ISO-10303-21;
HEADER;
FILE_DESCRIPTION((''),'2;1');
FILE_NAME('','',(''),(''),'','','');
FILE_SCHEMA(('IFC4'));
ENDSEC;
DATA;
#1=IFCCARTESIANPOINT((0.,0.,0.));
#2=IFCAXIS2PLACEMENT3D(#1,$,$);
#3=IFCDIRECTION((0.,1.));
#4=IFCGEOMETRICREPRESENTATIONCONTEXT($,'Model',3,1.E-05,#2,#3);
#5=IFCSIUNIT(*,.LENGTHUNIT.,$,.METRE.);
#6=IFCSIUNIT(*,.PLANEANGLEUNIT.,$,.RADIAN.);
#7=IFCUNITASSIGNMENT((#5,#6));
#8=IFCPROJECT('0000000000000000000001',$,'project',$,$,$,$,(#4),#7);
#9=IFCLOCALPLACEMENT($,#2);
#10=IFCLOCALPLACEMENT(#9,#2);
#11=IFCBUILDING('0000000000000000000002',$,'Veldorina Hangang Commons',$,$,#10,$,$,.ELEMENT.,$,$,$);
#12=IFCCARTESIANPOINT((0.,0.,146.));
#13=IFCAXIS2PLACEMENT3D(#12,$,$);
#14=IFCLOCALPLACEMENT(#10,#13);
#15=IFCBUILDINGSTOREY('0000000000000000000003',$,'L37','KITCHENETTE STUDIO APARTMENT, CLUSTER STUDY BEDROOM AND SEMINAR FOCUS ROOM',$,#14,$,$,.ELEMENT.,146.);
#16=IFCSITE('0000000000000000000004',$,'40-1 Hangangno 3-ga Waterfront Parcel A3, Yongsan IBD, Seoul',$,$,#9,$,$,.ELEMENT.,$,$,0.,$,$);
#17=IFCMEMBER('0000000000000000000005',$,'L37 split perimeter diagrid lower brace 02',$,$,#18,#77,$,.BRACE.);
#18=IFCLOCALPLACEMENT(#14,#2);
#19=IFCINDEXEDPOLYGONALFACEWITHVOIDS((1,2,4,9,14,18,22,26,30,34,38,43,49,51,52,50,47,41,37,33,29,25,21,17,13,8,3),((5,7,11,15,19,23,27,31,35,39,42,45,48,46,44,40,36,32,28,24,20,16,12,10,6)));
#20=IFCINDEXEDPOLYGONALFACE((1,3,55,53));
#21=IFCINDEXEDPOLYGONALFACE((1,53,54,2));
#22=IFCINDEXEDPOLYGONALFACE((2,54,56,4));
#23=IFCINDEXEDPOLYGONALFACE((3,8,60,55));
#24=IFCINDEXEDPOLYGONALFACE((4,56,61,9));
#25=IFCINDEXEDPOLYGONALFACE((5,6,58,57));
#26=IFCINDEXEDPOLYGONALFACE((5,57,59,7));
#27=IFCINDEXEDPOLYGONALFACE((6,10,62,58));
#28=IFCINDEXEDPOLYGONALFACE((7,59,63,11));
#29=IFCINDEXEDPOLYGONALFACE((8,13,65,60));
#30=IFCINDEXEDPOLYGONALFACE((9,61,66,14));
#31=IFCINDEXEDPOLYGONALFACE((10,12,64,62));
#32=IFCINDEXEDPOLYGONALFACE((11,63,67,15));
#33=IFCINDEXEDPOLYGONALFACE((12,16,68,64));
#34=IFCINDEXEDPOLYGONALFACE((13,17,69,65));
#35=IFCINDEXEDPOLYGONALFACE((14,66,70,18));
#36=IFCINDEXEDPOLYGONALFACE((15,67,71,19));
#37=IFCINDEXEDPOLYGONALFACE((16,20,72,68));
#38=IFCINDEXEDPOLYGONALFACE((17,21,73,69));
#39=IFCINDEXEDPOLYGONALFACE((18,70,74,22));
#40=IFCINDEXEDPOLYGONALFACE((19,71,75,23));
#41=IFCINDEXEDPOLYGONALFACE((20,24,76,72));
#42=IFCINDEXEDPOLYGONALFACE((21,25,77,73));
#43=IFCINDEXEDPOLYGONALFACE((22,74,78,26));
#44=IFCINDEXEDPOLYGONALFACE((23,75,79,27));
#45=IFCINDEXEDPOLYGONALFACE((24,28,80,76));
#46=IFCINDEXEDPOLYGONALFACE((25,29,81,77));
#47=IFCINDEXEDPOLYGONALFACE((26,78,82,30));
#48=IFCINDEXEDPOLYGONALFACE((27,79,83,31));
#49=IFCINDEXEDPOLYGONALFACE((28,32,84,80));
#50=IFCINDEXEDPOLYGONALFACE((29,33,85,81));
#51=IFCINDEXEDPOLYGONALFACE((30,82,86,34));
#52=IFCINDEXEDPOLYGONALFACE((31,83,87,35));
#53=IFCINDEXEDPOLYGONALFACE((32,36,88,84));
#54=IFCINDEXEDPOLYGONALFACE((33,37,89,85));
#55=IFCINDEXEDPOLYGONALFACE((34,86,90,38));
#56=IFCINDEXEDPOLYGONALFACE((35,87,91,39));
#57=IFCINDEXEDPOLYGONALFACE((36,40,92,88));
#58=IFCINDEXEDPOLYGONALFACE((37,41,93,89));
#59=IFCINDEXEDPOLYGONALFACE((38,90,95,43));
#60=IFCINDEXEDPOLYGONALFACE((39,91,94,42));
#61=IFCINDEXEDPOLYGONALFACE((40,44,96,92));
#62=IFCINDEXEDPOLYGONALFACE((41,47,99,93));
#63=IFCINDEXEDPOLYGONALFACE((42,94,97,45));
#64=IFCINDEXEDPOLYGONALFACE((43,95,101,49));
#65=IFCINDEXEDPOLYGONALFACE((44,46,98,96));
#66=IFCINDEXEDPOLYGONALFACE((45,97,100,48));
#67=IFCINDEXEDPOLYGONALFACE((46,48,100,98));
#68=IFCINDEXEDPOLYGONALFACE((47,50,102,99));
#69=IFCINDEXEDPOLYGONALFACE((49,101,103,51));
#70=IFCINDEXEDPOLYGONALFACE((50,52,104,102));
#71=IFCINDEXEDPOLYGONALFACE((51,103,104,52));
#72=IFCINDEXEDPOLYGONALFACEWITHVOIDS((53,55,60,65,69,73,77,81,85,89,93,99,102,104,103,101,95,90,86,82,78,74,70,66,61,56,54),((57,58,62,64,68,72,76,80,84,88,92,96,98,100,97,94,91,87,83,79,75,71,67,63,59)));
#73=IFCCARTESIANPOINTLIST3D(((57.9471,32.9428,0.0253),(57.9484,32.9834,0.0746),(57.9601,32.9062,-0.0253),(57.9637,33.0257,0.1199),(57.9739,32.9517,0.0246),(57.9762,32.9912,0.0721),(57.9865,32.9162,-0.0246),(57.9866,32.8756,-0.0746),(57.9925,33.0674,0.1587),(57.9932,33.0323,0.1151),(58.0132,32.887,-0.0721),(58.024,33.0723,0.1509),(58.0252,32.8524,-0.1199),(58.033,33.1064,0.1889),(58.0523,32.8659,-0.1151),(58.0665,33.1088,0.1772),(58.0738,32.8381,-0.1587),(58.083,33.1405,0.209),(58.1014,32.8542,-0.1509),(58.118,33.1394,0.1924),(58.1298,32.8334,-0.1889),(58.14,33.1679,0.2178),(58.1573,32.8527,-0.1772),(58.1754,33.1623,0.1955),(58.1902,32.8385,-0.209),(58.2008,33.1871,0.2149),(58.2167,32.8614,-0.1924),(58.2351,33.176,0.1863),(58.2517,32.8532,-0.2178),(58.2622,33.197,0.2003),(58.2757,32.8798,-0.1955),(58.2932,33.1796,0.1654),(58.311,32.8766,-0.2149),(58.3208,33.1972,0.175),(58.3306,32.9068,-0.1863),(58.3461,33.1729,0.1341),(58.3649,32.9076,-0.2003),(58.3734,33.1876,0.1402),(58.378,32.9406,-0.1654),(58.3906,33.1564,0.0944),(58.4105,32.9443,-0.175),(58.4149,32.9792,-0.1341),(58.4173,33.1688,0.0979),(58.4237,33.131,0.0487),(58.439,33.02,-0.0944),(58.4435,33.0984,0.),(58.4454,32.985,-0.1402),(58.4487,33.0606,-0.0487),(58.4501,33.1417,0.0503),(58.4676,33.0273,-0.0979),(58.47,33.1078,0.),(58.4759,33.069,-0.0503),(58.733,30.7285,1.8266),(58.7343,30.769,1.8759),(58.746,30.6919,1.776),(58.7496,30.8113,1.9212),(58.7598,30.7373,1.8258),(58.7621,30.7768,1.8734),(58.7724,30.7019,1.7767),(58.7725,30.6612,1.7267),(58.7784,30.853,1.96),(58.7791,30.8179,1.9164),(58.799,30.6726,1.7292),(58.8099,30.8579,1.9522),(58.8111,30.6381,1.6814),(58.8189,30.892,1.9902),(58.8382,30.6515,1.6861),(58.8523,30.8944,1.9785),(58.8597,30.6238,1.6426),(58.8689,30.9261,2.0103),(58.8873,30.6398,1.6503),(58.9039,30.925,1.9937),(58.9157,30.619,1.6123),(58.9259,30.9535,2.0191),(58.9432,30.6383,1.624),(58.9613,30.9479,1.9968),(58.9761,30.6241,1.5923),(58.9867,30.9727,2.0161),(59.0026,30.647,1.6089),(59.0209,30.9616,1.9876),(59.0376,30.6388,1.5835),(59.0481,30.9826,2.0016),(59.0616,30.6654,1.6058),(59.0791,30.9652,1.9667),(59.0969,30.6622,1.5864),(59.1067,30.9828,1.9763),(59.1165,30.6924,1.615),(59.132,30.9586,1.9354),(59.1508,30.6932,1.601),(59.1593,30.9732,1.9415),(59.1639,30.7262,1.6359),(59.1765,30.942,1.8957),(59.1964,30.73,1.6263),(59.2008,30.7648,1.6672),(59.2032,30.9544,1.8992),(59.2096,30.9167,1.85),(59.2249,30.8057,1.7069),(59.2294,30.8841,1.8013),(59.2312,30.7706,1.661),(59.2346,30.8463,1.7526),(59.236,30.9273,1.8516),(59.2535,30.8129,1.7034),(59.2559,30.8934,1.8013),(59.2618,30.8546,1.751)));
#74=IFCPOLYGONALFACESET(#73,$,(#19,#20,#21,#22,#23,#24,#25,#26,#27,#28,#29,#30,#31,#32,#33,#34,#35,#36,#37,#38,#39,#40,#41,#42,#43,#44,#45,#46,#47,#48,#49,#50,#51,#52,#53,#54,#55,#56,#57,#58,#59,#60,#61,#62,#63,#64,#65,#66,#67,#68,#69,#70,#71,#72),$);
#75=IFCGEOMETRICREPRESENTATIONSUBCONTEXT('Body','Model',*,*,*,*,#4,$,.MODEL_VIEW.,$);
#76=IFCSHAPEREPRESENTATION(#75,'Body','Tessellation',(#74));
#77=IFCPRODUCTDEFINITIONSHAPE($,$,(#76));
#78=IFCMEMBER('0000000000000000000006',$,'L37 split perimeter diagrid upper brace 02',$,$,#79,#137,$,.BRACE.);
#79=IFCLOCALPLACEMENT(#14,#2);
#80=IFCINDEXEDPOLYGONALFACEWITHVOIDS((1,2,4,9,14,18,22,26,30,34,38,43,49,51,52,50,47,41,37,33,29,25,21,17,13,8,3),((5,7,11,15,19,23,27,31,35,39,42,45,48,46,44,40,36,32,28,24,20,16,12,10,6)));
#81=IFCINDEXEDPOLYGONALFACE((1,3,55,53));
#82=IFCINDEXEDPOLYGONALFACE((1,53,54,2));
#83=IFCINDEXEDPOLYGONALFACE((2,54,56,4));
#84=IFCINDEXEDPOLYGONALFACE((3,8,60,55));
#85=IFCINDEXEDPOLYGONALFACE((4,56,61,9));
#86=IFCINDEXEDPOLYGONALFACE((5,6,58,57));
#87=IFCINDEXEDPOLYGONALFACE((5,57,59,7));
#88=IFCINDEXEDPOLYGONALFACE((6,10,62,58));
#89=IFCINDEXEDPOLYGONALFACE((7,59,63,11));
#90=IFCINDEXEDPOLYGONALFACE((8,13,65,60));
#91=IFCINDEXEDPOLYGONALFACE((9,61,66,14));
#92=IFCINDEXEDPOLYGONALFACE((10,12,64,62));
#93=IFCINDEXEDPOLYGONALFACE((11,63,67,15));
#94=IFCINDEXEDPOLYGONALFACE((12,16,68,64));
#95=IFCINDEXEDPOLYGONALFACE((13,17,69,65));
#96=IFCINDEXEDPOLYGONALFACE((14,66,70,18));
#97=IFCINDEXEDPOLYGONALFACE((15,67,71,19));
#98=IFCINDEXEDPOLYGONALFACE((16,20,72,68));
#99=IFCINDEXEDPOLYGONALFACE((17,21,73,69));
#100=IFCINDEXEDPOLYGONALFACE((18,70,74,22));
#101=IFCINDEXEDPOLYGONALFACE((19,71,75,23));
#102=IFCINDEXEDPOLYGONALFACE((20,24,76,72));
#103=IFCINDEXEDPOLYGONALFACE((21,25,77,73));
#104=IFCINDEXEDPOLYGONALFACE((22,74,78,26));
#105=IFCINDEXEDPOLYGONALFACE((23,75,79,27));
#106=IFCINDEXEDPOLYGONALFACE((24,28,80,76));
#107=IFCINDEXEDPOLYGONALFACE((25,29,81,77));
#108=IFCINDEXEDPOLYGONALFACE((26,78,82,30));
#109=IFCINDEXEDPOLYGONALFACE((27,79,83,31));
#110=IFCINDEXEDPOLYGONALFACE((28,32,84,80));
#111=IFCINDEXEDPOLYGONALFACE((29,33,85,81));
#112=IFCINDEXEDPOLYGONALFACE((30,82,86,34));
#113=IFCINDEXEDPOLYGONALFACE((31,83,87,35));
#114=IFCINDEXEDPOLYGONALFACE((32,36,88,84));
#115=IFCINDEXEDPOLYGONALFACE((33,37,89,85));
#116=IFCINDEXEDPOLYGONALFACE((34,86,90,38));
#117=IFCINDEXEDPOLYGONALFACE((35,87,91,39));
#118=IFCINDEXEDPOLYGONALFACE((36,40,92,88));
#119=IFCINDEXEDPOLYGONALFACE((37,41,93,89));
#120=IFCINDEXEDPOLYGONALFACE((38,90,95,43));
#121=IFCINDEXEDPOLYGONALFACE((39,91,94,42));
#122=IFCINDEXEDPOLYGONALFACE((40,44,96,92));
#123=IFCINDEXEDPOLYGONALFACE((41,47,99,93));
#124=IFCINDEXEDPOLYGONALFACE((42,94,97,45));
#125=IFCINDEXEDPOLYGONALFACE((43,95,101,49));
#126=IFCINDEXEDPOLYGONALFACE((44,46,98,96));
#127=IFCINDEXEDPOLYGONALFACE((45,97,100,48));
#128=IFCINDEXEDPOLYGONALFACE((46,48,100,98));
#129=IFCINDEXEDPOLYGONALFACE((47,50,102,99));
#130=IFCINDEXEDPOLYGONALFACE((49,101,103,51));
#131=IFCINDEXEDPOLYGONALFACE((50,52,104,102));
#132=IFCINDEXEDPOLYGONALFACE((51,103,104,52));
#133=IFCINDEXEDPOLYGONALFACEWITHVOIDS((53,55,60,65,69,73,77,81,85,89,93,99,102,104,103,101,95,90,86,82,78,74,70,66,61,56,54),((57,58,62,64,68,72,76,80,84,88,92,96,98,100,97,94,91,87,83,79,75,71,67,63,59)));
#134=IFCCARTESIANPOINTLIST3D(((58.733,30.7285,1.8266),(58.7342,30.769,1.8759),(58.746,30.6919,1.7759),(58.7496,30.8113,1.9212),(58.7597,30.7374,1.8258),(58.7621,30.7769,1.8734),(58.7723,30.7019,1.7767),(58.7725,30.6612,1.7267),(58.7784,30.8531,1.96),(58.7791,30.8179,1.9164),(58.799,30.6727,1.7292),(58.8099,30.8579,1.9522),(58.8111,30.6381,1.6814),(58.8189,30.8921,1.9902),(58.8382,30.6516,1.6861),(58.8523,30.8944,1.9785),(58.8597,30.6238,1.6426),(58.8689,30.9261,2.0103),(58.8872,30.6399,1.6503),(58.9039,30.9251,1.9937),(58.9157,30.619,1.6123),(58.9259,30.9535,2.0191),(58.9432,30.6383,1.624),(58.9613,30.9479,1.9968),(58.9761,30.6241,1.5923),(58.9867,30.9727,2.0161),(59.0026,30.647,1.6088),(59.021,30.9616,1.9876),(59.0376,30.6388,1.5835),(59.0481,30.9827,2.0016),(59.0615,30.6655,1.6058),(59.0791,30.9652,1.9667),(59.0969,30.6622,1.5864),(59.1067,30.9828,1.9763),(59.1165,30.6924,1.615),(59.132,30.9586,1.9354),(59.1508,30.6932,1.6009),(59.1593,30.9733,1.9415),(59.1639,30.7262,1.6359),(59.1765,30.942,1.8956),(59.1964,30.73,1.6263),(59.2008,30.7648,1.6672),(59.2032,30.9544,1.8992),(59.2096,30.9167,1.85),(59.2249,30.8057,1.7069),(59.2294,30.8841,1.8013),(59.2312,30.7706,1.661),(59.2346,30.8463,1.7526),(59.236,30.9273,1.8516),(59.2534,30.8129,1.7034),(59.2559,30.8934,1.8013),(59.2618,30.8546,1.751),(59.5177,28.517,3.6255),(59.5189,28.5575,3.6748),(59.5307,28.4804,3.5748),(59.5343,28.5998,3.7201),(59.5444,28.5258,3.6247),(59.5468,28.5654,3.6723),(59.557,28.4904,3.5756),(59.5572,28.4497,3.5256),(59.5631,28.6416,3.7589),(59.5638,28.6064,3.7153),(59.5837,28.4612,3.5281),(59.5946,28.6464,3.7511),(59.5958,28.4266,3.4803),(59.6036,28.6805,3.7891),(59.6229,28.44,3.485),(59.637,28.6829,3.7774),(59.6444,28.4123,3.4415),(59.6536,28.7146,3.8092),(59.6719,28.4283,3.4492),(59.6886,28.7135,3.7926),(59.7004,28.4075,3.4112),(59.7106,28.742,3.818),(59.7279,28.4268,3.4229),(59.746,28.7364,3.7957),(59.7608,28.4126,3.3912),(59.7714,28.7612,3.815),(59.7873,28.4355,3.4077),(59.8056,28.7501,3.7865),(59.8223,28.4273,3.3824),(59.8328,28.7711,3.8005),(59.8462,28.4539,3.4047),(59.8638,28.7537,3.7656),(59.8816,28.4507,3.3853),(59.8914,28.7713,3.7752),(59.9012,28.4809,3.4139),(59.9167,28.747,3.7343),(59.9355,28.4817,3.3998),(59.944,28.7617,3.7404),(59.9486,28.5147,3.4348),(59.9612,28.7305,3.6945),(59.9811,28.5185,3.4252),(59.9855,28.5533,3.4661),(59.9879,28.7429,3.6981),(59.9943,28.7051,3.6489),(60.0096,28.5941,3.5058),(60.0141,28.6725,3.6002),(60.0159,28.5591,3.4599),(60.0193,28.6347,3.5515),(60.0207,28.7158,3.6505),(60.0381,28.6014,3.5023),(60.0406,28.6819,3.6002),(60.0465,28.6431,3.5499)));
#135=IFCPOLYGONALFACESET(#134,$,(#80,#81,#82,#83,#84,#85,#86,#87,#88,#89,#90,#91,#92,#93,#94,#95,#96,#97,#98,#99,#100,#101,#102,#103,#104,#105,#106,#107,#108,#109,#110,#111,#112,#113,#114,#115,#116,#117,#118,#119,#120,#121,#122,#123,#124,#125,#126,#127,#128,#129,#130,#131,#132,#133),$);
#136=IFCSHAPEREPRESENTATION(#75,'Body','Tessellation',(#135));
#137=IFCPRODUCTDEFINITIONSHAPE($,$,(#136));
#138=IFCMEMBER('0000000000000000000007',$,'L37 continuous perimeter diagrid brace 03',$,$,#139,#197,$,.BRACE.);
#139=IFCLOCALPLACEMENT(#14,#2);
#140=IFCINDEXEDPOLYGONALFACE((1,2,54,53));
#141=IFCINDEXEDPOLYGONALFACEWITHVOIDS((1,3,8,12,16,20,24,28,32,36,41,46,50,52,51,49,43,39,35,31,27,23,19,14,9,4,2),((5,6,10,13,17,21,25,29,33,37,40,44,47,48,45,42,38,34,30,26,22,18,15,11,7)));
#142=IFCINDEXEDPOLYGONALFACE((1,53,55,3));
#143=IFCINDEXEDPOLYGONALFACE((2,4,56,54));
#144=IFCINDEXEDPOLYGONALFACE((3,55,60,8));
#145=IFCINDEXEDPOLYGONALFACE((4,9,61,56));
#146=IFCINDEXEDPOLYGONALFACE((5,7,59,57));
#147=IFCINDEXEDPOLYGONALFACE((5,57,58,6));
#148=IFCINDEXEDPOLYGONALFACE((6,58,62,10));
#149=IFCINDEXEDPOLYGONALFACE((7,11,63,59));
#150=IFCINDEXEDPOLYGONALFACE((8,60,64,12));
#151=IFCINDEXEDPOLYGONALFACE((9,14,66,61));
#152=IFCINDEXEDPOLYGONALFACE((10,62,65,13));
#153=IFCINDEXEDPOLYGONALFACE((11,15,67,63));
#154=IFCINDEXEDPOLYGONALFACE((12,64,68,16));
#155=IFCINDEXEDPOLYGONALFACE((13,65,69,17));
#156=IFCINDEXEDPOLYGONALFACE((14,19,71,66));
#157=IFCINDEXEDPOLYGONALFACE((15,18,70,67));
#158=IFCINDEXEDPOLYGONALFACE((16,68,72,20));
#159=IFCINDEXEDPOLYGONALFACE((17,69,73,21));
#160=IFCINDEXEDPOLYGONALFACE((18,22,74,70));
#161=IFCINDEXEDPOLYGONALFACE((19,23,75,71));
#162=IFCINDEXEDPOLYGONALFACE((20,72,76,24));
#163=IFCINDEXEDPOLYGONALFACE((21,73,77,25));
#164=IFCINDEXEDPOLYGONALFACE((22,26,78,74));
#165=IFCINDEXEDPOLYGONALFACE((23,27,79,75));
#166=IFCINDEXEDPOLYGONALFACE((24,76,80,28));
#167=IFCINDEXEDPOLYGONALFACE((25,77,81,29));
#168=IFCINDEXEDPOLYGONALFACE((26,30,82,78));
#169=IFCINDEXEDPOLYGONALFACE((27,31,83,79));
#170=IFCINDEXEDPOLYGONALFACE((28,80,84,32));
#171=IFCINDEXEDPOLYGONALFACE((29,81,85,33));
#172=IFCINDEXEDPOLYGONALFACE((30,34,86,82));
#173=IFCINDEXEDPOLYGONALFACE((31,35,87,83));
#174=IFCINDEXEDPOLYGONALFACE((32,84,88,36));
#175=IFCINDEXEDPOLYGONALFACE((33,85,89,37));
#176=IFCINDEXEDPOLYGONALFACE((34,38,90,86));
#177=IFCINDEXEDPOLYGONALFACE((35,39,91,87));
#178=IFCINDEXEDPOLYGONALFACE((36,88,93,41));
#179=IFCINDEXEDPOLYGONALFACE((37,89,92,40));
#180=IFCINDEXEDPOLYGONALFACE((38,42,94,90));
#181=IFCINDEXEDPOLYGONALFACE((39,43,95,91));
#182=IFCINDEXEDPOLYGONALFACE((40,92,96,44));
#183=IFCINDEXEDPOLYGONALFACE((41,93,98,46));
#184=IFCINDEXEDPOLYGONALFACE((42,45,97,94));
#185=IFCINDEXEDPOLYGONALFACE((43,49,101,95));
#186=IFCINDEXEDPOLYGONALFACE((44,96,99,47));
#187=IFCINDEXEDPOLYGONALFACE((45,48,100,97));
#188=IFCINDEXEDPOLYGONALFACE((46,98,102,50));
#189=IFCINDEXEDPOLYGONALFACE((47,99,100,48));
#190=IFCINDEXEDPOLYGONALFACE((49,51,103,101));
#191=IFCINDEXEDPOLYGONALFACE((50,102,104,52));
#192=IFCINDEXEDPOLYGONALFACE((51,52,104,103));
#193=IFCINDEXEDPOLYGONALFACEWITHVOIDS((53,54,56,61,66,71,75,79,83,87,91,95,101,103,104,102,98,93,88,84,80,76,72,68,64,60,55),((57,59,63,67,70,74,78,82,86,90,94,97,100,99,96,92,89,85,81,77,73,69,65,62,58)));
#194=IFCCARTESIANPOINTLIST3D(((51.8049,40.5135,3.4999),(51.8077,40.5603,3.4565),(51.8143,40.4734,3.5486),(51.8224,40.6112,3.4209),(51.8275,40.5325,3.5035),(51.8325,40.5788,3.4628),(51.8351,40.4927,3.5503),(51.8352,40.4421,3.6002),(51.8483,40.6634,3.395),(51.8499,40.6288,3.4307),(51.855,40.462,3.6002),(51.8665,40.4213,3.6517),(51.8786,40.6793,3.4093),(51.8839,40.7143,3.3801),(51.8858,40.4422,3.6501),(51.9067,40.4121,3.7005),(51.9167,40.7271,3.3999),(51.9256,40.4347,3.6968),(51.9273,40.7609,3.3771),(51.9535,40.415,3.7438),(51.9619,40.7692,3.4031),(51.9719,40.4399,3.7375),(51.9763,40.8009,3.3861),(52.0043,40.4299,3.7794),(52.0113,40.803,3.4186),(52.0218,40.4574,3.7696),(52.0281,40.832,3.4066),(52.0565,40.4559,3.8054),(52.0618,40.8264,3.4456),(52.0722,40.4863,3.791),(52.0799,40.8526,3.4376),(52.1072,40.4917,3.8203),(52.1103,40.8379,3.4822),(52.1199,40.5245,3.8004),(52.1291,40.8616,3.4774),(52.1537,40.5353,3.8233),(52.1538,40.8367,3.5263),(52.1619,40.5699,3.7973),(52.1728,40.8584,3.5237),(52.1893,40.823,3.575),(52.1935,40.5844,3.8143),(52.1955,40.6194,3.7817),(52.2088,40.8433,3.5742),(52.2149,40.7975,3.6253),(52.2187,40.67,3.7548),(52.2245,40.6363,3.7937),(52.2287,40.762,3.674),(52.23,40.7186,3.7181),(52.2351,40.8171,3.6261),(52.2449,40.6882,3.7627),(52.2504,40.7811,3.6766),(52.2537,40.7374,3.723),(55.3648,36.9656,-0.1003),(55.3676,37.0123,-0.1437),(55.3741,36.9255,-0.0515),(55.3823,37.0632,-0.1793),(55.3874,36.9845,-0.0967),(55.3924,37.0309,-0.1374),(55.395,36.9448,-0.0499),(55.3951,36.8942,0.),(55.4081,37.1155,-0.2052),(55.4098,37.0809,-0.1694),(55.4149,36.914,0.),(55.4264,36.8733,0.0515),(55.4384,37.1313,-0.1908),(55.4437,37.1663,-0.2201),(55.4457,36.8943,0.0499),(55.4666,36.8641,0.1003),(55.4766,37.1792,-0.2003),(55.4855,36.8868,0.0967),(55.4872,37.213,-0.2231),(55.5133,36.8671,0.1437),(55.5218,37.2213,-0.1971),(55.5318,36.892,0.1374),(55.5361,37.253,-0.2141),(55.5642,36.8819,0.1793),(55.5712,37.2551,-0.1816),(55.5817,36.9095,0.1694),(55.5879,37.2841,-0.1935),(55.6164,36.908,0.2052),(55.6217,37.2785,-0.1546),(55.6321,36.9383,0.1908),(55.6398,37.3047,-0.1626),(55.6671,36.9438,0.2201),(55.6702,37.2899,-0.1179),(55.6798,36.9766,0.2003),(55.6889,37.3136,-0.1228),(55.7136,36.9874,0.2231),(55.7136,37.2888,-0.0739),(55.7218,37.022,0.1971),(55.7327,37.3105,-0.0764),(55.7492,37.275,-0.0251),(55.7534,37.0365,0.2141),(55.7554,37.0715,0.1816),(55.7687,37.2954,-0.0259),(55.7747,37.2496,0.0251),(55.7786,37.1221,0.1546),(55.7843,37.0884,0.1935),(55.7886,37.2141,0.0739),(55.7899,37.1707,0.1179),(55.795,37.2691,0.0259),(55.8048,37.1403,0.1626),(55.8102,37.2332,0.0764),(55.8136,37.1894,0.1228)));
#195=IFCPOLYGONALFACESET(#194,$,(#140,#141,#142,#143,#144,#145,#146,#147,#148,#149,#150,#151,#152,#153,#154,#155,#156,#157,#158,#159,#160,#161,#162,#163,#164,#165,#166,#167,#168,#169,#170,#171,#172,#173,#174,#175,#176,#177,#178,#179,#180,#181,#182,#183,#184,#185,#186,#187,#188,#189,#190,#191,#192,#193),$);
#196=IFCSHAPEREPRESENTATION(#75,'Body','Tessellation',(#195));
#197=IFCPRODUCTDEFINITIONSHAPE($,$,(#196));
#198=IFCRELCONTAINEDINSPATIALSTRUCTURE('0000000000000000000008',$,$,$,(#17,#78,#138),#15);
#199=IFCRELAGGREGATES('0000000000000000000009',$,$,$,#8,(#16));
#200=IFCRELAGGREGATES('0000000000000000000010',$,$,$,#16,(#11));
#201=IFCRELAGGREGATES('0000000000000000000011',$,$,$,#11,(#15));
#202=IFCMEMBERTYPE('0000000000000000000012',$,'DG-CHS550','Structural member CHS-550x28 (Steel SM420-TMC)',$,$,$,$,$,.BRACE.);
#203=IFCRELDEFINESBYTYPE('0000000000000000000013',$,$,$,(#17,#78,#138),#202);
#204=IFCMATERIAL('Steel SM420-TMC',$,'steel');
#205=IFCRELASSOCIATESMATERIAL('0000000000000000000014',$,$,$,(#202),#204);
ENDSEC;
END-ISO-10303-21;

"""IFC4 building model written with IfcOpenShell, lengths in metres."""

from ifc_helpers import new_model, si_unit, direction, frame, origin, origin_2d, place, context, subcontext, project, spatial, hollow_circle, extrude, material, material_profile, profile_set, type_object, element, save


model = new_model("IFC4")

# Units and contexts
model_context = context("Model", 3, precision=1e-05, world=origin(), true_north=direction((0.0, 1.0)))
body_context = subcontext(model_context, "Body", "Model", "MODEL_VIEW")
ifc_project = project(units=[si_unit("LENGTHUNIT", "METRE"), si_unit("PLANEANGLEUNIT", "RADIAN")], contexts=[model_context])

# Site, building, storey
site_placement = place(None, origin())
site = spatial("IfcSite", under=ifc_project, at=site_placement, Name="40-1 Hangangno 3-ga Waterfront Parcel A3, Yongsan IBD, Seoul", CompositionType="ELEMENT", RefElevation=0.0)
building_placement = place(site_placement, origin())
building = spatial("IfcBuilding", under=site, at=building_placement, Name="Veldorina Hangang Commons", CompositionType="ELEMENT")
storey_placement = place(building_placement, frame((0.0, 0.0, 146.0)))
storey = spatial("IfcBuildingStorey", under=building, at=storey_placement, Name="L37", Description="KITCHENETTE STUDIO APARTMENT, CLUSTER STUDY BEDROOM AND SEMINAR FOCUS ROOM", CompositionType="ELEMENT", Elevation=146.0)

# Shared definitions
ifc_material_1 = material(Name="Steel SM420-TMC", Category="steel")

# Members
ifc_material_profile_1 = material_profile(ifc_material_1, hollow_circle(Radius=0.2749, WallThickness=0.0281, at=origin_2d()), Name="CHS-550x28")
ifc_profile_set_1 = profile_set([ifc_material_profile_1], Name="Steel SM420-TMC")
member_type = type_object("IfcMemberType", Name="DG-CHS550", Description="Structural member CHS-550x28 (Steel SM420-TMC)", PredefinedType="BRACE", material=ifc_profile_set_1)
member_1_placement = place(storey_placement, frame((58.2109, 33.0159, 0.0), z_axis=(0.265443, -0.747924, 0.608399), x_axis=(0.942408, 0.334466, 0.0)))
element("IfcMember", 1, at=member_1_placement, inside=storey, type_object=member_type, Name="L37 split perimeter diagrid lower brace 02", PredefinedType="BRACE", context=body_context, shape_type="SweptSolid", body=[
    extrude(hollow_circle(Radius=0.2749, WallThickness=0.0281, at=origin_2d()), origin(), (0.0, 0.0, 1.0), 2.9607),
])
member_2_placement = place(storey_placement, frame((58.9968, 30.8015, 1.8013), z_axis=(0.265389, -0.747945, 0.608397), x_axis=(0.942432, 0.334398, 0.0)))
element("IfcMember", 2, at=member_2_placement, inside=storey, type_object=member_type, Name="L37 split perimeter diagrid upper brace 02", PredefinedType="BRACE", context=body_context, shape_type="SweptSolid", body=[
    extrude(hollow_circle(Radius=0.2749, WallThickness=0.0281, at=origin_2d()), origin(), (0.0, 0.0, 1.0), 2.9568),
])
member_3_placement = place(storey_placement, frame((55.5891, 37.0889, 0.0), z_axis=(-0.575812, 0.573877, 0.582328), x_axis=(-0.705916, -0.708296, 0.0)))
element("IfcMember", 3, at=member_3_placement, inside=storey, type_object=member_type, Name="L37 continuous perimeter diagrid brace 03", PredefinedType="BRACE", context=body_context, shape_type="SweptSolid", body=[
    extrude(hollow_circle(Radius=0.2749, WallThickness=0.0281, at=origin_2d()), origin(), (0.0, 0.0, 1.0), 6.1824),
])

save(model, "model.ifc")
